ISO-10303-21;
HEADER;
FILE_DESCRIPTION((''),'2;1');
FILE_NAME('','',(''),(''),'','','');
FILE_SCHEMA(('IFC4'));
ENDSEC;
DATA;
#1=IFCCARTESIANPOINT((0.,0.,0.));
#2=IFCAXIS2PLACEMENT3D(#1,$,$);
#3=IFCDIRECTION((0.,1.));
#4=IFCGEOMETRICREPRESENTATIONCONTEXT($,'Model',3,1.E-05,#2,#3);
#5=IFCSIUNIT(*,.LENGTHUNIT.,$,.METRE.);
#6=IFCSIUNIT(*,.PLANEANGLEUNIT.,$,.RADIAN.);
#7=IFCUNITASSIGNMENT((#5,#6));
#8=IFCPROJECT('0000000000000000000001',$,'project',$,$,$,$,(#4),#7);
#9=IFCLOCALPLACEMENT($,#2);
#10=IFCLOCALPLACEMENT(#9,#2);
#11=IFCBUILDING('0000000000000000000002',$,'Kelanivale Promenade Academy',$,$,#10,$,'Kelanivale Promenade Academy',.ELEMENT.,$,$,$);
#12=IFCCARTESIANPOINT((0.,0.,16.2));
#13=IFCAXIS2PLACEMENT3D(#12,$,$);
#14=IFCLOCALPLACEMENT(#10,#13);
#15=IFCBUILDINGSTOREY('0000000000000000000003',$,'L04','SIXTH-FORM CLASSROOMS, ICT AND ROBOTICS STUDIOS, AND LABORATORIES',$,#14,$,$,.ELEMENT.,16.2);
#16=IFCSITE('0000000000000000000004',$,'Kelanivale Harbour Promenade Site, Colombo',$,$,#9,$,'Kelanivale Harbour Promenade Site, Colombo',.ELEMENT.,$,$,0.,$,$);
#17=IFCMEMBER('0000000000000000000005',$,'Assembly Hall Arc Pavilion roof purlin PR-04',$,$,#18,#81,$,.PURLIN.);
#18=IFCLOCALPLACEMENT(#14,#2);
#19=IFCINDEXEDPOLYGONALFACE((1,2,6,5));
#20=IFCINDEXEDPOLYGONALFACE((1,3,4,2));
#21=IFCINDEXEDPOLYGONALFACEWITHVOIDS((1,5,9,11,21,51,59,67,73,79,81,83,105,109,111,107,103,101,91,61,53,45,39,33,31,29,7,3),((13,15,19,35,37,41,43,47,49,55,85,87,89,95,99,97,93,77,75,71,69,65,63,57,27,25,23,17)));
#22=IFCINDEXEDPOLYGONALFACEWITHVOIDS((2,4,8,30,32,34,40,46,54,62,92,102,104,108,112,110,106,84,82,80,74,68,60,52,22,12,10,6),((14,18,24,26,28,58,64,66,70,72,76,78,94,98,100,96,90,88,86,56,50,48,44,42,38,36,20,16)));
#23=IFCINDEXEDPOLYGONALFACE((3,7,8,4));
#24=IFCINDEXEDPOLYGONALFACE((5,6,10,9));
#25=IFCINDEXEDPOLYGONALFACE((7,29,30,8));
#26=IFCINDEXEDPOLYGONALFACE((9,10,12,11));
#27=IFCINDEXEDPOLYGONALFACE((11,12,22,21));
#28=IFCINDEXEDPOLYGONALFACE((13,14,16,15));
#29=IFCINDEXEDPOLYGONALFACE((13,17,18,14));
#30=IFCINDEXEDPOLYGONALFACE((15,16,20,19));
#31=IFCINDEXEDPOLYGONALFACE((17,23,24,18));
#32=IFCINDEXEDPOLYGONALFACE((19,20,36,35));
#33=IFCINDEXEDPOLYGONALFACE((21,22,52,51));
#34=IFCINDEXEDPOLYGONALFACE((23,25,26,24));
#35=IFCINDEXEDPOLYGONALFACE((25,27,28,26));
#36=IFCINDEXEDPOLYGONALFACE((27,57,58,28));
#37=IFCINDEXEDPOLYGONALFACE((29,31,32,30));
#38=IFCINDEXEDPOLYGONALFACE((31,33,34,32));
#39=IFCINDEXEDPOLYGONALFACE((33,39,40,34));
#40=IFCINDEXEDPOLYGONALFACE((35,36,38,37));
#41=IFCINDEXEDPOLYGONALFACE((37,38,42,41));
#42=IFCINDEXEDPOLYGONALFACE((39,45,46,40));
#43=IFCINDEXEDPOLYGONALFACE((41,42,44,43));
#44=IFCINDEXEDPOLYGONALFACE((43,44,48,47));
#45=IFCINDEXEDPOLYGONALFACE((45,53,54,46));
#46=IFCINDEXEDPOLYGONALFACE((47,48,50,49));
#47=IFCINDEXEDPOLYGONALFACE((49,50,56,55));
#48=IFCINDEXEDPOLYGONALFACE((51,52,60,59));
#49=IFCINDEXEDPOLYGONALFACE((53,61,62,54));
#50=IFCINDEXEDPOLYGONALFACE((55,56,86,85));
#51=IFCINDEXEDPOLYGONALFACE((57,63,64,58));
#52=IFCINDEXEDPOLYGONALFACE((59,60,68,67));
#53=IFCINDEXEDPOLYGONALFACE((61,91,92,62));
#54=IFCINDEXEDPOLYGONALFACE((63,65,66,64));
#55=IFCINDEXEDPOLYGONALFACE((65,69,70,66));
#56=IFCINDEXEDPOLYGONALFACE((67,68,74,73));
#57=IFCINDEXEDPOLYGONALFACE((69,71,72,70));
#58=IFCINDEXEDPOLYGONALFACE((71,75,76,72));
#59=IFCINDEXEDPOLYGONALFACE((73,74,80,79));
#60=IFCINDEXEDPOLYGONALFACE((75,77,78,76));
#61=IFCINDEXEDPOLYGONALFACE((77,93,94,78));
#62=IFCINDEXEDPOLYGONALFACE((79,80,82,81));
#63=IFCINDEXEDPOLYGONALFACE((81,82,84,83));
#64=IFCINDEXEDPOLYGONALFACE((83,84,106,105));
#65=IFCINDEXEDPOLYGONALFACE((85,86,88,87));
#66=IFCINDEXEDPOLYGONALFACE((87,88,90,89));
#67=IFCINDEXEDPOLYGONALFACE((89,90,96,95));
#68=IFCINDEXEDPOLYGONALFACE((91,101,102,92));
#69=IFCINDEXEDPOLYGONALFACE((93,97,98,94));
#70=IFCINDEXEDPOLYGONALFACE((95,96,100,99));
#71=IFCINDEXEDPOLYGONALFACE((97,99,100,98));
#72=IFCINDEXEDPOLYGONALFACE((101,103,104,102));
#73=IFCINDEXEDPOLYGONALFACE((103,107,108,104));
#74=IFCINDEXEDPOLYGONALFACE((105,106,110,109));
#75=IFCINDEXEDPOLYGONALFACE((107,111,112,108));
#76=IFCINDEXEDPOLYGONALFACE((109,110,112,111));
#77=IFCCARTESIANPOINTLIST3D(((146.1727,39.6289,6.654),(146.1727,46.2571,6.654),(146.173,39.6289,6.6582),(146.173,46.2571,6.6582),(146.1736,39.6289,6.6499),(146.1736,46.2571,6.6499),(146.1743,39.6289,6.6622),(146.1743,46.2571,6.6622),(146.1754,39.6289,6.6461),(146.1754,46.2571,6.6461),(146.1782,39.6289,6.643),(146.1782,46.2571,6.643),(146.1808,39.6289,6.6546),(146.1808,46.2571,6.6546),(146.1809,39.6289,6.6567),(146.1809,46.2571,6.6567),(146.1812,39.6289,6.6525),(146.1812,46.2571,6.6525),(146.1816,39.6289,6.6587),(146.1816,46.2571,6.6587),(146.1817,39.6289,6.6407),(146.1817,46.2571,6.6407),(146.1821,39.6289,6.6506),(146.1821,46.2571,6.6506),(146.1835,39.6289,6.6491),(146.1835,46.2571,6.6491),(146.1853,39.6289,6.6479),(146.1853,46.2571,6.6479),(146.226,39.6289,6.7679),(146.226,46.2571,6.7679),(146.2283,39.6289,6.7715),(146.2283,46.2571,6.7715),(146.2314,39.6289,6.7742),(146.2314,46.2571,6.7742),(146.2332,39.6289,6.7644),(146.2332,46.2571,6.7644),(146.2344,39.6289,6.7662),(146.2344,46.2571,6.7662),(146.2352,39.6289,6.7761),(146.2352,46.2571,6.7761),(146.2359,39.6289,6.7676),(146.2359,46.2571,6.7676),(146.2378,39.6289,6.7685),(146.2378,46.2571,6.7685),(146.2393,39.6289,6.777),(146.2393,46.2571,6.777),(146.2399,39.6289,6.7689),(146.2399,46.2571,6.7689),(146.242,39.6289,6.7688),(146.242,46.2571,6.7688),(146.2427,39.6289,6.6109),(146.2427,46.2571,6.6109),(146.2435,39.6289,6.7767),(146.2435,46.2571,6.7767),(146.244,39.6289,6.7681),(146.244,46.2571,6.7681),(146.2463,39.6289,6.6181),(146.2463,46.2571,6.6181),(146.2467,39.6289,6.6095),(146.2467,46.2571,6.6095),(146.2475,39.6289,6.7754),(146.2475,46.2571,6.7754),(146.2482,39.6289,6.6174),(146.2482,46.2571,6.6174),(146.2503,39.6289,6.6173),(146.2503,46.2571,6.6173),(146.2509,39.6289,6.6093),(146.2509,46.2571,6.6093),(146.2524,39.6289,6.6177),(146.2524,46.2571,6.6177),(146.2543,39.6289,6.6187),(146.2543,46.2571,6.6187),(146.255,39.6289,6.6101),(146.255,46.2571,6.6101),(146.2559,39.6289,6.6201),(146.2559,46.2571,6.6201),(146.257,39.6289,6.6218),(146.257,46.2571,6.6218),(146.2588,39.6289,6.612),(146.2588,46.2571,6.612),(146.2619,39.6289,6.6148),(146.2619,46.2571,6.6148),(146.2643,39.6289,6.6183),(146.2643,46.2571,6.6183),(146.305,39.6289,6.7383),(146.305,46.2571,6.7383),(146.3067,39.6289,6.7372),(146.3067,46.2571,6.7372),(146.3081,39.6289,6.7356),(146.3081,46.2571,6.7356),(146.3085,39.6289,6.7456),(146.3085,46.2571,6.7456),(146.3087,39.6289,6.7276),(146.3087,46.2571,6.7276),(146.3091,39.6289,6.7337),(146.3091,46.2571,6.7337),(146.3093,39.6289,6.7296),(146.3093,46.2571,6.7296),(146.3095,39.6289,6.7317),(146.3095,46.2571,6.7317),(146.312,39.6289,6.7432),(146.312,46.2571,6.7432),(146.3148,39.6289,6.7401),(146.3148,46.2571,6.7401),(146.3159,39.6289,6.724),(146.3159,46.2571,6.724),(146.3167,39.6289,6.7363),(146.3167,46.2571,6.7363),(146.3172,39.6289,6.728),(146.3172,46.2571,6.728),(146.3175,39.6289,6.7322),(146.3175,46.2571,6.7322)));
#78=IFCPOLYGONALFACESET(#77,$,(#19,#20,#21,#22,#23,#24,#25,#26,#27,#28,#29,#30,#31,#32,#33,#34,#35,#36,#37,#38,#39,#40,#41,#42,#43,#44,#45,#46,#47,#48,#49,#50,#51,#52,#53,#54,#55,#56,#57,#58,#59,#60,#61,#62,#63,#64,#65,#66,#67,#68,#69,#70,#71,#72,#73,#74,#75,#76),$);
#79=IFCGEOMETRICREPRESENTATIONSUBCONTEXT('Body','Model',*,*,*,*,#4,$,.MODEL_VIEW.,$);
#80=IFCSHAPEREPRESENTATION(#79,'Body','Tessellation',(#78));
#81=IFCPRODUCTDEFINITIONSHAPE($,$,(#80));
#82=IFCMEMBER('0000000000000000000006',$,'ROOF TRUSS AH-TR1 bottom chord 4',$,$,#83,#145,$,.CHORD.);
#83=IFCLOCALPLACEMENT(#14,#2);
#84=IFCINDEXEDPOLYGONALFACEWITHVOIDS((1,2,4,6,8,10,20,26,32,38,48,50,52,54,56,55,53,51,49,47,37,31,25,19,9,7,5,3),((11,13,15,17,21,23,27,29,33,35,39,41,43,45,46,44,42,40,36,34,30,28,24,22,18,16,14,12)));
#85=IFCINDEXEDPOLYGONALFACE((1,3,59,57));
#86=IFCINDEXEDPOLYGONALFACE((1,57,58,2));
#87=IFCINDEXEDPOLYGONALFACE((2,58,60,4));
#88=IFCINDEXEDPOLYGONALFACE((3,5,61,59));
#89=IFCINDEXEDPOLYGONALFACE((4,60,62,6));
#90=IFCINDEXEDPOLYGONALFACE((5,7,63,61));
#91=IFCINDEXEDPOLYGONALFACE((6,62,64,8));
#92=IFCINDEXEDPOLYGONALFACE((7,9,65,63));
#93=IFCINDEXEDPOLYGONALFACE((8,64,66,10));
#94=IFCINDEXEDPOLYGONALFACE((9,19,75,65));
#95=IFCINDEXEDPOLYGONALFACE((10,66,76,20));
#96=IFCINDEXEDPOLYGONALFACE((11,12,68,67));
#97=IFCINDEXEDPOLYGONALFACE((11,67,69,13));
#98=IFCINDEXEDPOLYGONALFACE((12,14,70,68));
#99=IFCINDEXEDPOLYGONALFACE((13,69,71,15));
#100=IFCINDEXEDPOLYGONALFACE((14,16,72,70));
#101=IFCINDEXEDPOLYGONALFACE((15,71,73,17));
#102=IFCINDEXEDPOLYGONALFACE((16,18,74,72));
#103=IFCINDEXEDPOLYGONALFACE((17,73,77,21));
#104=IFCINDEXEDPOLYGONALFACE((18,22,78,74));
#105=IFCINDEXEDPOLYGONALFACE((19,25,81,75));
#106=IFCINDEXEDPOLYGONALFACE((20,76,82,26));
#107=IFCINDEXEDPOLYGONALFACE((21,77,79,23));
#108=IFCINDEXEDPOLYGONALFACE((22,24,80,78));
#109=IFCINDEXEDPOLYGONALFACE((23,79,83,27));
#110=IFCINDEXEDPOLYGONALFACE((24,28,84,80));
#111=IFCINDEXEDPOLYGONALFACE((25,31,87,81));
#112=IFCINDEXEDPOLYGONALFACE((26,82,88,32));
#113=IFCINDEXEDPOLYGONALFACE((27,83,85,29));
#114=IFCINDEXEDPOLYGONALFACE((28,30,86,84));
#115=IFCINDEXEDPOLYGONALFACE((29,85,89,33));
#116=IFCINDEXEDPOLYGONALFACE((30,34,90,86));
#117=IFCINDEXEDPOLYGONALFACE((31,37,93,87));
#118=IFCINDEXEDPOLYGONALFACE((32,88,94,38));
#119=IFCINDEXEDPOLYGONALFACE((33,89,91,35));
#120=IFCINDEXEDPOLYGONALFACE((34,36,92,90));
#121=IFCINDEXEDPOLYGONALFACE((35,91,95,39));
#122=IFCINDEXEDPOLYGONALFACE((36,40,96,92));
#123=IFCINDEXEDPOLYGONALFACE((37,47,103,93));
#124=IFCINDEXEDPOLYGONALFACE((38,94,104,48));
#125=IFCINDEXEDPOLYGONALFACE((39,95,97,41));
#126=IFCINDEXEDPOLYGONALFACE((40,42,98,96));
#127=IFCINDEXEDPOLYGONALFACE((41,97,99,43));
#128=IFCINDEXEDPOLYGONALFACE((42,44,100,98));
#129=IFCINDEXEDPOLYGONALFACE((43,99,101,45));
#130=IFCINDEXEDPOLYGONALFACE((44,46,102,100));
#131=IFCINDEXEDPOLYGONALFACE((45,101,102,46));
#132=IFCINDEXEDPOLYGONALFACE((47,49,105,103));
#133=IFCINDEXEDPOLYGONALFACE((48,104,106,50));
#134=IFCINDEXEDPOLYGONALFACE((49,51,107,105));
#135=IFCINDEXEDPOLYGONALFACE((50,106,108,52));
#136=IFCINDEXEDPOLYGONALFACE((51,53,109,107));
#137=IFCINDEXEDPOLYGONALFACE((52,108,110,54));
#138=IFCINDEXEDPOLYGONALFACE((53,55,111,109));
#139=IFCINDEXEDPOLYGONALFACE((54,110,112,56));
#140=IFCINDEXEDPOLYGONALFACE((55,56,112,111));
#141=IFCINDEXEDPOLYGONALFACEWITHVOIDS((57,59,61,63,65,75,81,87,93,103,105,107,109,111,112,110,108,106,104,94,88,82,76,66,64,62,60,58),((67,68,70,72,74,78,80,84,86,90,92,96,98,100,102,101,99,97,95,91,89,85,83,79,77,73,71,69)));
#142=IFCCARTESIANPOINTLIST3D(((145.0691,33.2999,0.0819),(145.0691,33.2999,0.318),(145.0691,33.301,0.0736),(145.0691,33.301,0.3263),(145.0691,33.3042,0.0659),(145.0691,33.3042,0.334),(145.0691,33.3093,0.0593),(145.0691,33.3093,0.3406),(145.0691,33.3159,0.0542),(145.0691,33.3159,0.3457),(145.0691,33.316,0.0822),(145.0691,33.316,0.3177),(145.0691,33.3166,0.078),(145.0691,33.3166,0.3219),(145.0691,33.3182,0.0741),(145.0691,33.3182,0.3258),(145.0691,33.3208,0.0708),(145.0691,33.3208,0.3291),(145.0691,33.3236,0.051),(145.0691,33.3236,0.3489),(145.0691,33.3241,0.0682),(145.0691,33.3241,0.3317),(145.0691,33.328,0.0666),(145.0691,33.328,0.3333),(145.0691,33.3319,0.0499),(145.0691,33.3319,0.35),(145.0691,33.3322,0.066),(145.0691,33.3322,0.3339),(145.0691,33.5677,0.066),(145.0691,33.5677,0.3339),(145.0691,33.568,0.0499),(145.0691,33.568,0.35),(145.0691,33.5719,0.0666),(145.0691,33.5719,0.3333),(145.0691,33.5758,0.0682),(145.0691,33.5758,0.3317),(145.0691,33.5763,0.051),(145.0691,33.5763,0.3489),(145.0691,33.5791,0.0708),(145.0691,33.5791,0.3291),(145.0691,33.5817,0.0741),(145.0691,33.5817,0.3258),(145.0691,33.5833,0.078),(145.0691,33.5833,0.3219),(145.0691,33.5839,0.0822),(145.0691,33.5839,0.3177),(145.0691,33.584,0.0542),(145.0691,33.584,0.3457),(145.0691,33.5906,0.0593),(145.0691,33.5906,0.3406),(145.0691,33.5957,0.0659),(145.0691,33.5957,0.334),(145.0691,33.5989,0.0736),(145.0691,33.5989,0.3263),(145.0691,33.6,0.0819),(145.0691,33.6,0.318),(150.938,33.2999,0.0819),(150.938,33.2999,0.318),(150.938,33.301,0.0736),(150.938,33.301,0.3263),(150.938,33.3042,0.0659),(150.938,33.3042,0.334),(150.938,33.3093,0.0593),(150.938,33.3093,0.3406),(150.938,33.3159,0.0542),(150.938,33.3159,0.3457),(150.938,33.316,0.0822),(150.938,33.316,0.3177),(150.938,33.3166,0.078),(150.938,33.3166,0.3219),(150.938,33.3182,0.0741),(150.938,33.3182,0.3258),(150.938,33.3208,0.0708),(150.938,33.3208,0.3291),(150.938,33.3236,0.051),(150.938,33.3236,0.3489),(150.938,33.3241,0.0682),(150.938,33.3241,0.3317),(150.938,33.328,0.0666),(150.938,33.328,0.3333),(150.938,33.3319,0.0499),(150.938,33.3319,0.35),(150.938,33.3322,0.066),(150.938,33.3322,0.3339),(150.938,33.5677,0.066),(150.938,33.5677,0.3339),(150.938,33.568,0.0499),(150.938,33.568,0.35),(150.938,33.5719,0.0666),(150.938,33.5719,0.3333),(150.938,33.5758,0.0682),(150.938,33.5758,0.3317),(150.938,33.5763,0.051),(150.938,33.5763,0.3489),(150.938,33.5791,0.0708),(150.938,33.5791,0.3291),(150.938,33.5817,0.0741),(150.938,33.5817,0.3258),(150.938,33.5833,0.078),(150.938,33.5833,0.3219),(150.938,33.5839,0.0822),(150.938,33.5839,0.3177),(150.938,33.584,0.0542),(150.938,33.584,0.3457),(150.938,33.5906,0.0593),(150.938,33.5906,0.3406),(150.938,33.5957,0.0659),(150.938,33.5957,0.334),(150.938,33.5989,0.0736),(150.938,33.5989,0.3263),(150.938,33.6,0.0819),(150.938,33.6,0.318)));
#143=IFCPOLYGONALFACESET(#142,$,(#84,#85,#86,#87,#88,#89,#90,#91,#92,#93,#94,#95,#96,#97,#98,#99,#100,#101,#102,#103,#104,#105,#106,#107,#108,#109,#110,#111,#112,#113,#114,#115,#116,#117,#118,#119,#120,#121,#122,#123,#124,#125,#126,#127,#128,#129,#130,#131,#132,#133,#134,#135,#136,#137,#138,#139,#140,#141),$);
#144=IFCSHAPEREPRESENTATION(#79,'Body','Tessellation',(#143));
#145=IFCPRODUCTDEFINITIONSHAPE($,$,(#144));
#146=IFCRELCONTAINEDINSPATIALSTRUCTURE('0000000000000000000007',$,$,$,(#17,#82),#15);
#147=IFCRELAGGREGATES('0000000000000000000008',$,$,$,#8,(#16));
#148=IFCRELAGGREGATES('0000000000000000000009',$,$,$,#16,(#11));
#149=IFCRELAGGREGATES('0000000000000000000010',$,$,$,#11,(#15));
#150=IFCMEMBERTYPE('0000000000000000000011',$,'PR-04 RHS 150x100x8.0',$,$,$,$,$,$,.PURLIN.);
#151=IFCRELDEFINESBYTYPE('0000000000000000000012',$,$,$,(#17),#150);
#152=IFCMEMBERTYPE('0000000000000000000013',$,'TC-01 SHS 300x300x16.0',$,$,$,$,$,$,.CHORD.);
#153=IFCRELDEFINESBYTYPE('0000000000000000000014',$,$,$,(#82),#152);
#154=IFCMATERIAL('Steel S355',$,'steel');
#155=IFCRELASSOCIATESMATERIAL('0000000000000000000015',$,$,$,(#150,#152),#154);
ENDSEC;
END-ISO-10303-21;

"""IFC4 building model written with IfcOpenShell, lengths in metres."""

from ifc_helpers import new_model, si_unit, direction, frame, origin, origin_2d, place, context, subcontext, project, spatial, hollow_rectangle, extrude, material, material_profile, profile_set, type_object, element, save


model = new_model("IFC4")

# Units and contexts
model_context = context("Model", 3, precision=1e-05, world=origin(), true_north=direction((0.0, 1.0)))
body_context = subcontext(model_context, "Body", "Model", "MODEL_VIEW")
ifc_project = project(units=[si_unit("LENGTHUNIT", "METRE"), si_unit("PLANEANGLEUNIT", "RADIAN")], contexts=[model_context])

# Site, building, storey
site_placement = place(None, origin())
site = spatial("IfcSite", under=ifc_project, at=site_placement, Name="Kelanivale Harbour Promenade Site, Colombo", LongName="Kelanivale Harbour Promenade Site, Colombo", CompositionType="ELEMENT", RefElevation=0.0)
building_placement = place(site_placement, origin())
building = spatial("IfcBuilding", under=site, at=building_placement, Name="Kelanivale Promenade Academy", LongName="Kelanivale Promenade Academy", CompositionType="ELEMENT")
storey_placement = place(building_placement, frame((0.0, 0.0, 16.2)))
storey = spatial("IfcBuildingStorey", under=building, at=storey_placement, Name="L04", Description="SIXTH-FORM CLASSROOMS, ICT AND ROBOTICS STUDIOS, AND LABORATORIES", CompositionType="ELEMENT", Elevation=16.2)

# Members
ifc_material_1 = material(Name="Steel S355", Category="steel")
ifc_material_profile_1 = material_profile(ifc_material_1, hollow_rectangle(XDim=0.1001, YDim=0.1499, WallThickness=0.0081, InnerFilletRadius=0.0081, OuterFilletRadius=0.0161, at=origin_2d()), Name="RHS 150x100x8.0")
ifc_profile_set_1 = profile_set([ifc_material_profile_1], Name="Steel S355")
member_type_1 = type_object("IfcMemberType", Name="PR-04 RHS 150x100x8.0", PredefinedType="PURLIN", material=ifc_profile_set_1)
member_1_placement = place(storey_placement, frame((146.2451, 39.6289, 6.6931), z_axis=(0.0, 1.0, 0.0), x_axis=(-0.898564, 0.0, 0.438842)))
element("IfcMember", 1, at=member_1_placement, inside=storey, type_object=member_type_1, Name="Assembly Hall Arc Pavilion roof purlin PR-04", PredefinedType="PURLIN", context=body_context, shape_type="SweptSolid", body=[
    extrude(hollow_rectangle(XDim=0.1001, YDim=0.1499, WallThickness=0.0081, InnerFilletRadius=0.0081, OuterFilletRadius=0.0161, at=origin_2d()), origin(), (0.0, 0.0, 1.0), 6.6282),
])
ifc_material_profile_2 = material_profile(ifc_material_1, hollow_rectangle(XDim=0.3, YDim=0.3, WallThickness=0.0161, InnerFilletRadius=0.0161, OuterFilletRadius=0.032, at=origin_2d()), Name="SHS 300x300x16.0")
ifc_profile_set_2 = profile_set([ifc_material_profile_2], Name="Steel S355")
member_type_2 = type_object("IfcMemberType", Name="TC-01 SHS 300x300x16.0", PredefinedType="CHORD", material=ifc_profile_set_2)
member_2_placement = place(storey_placement, frame((145.0691, 33.45, 0.2), z_axis=(1.0, 0.0, 0.0), x_axis=(0.0, 1.0, 0.0)))
element("IfcMember", 2, at=member_2_placement, inside=storey, type_object=member_type_2, Name="ROOF TRUSS AH-TR1 bottom chord 4", PredefinedType="CHORD", context=body_context, shape_type="SweptSolid", body=[
    extrude(hollow_rectangle(XDim=0.3, YDim=0.3, WallThickness=0.0161, InnerFilletRadius=0.0161, OuterFilletRadius=0.032, at=origin_2d()), origin(), (0.0, 0.0, 1.0), 5.8689),
])

save(model, "model.ifc")
